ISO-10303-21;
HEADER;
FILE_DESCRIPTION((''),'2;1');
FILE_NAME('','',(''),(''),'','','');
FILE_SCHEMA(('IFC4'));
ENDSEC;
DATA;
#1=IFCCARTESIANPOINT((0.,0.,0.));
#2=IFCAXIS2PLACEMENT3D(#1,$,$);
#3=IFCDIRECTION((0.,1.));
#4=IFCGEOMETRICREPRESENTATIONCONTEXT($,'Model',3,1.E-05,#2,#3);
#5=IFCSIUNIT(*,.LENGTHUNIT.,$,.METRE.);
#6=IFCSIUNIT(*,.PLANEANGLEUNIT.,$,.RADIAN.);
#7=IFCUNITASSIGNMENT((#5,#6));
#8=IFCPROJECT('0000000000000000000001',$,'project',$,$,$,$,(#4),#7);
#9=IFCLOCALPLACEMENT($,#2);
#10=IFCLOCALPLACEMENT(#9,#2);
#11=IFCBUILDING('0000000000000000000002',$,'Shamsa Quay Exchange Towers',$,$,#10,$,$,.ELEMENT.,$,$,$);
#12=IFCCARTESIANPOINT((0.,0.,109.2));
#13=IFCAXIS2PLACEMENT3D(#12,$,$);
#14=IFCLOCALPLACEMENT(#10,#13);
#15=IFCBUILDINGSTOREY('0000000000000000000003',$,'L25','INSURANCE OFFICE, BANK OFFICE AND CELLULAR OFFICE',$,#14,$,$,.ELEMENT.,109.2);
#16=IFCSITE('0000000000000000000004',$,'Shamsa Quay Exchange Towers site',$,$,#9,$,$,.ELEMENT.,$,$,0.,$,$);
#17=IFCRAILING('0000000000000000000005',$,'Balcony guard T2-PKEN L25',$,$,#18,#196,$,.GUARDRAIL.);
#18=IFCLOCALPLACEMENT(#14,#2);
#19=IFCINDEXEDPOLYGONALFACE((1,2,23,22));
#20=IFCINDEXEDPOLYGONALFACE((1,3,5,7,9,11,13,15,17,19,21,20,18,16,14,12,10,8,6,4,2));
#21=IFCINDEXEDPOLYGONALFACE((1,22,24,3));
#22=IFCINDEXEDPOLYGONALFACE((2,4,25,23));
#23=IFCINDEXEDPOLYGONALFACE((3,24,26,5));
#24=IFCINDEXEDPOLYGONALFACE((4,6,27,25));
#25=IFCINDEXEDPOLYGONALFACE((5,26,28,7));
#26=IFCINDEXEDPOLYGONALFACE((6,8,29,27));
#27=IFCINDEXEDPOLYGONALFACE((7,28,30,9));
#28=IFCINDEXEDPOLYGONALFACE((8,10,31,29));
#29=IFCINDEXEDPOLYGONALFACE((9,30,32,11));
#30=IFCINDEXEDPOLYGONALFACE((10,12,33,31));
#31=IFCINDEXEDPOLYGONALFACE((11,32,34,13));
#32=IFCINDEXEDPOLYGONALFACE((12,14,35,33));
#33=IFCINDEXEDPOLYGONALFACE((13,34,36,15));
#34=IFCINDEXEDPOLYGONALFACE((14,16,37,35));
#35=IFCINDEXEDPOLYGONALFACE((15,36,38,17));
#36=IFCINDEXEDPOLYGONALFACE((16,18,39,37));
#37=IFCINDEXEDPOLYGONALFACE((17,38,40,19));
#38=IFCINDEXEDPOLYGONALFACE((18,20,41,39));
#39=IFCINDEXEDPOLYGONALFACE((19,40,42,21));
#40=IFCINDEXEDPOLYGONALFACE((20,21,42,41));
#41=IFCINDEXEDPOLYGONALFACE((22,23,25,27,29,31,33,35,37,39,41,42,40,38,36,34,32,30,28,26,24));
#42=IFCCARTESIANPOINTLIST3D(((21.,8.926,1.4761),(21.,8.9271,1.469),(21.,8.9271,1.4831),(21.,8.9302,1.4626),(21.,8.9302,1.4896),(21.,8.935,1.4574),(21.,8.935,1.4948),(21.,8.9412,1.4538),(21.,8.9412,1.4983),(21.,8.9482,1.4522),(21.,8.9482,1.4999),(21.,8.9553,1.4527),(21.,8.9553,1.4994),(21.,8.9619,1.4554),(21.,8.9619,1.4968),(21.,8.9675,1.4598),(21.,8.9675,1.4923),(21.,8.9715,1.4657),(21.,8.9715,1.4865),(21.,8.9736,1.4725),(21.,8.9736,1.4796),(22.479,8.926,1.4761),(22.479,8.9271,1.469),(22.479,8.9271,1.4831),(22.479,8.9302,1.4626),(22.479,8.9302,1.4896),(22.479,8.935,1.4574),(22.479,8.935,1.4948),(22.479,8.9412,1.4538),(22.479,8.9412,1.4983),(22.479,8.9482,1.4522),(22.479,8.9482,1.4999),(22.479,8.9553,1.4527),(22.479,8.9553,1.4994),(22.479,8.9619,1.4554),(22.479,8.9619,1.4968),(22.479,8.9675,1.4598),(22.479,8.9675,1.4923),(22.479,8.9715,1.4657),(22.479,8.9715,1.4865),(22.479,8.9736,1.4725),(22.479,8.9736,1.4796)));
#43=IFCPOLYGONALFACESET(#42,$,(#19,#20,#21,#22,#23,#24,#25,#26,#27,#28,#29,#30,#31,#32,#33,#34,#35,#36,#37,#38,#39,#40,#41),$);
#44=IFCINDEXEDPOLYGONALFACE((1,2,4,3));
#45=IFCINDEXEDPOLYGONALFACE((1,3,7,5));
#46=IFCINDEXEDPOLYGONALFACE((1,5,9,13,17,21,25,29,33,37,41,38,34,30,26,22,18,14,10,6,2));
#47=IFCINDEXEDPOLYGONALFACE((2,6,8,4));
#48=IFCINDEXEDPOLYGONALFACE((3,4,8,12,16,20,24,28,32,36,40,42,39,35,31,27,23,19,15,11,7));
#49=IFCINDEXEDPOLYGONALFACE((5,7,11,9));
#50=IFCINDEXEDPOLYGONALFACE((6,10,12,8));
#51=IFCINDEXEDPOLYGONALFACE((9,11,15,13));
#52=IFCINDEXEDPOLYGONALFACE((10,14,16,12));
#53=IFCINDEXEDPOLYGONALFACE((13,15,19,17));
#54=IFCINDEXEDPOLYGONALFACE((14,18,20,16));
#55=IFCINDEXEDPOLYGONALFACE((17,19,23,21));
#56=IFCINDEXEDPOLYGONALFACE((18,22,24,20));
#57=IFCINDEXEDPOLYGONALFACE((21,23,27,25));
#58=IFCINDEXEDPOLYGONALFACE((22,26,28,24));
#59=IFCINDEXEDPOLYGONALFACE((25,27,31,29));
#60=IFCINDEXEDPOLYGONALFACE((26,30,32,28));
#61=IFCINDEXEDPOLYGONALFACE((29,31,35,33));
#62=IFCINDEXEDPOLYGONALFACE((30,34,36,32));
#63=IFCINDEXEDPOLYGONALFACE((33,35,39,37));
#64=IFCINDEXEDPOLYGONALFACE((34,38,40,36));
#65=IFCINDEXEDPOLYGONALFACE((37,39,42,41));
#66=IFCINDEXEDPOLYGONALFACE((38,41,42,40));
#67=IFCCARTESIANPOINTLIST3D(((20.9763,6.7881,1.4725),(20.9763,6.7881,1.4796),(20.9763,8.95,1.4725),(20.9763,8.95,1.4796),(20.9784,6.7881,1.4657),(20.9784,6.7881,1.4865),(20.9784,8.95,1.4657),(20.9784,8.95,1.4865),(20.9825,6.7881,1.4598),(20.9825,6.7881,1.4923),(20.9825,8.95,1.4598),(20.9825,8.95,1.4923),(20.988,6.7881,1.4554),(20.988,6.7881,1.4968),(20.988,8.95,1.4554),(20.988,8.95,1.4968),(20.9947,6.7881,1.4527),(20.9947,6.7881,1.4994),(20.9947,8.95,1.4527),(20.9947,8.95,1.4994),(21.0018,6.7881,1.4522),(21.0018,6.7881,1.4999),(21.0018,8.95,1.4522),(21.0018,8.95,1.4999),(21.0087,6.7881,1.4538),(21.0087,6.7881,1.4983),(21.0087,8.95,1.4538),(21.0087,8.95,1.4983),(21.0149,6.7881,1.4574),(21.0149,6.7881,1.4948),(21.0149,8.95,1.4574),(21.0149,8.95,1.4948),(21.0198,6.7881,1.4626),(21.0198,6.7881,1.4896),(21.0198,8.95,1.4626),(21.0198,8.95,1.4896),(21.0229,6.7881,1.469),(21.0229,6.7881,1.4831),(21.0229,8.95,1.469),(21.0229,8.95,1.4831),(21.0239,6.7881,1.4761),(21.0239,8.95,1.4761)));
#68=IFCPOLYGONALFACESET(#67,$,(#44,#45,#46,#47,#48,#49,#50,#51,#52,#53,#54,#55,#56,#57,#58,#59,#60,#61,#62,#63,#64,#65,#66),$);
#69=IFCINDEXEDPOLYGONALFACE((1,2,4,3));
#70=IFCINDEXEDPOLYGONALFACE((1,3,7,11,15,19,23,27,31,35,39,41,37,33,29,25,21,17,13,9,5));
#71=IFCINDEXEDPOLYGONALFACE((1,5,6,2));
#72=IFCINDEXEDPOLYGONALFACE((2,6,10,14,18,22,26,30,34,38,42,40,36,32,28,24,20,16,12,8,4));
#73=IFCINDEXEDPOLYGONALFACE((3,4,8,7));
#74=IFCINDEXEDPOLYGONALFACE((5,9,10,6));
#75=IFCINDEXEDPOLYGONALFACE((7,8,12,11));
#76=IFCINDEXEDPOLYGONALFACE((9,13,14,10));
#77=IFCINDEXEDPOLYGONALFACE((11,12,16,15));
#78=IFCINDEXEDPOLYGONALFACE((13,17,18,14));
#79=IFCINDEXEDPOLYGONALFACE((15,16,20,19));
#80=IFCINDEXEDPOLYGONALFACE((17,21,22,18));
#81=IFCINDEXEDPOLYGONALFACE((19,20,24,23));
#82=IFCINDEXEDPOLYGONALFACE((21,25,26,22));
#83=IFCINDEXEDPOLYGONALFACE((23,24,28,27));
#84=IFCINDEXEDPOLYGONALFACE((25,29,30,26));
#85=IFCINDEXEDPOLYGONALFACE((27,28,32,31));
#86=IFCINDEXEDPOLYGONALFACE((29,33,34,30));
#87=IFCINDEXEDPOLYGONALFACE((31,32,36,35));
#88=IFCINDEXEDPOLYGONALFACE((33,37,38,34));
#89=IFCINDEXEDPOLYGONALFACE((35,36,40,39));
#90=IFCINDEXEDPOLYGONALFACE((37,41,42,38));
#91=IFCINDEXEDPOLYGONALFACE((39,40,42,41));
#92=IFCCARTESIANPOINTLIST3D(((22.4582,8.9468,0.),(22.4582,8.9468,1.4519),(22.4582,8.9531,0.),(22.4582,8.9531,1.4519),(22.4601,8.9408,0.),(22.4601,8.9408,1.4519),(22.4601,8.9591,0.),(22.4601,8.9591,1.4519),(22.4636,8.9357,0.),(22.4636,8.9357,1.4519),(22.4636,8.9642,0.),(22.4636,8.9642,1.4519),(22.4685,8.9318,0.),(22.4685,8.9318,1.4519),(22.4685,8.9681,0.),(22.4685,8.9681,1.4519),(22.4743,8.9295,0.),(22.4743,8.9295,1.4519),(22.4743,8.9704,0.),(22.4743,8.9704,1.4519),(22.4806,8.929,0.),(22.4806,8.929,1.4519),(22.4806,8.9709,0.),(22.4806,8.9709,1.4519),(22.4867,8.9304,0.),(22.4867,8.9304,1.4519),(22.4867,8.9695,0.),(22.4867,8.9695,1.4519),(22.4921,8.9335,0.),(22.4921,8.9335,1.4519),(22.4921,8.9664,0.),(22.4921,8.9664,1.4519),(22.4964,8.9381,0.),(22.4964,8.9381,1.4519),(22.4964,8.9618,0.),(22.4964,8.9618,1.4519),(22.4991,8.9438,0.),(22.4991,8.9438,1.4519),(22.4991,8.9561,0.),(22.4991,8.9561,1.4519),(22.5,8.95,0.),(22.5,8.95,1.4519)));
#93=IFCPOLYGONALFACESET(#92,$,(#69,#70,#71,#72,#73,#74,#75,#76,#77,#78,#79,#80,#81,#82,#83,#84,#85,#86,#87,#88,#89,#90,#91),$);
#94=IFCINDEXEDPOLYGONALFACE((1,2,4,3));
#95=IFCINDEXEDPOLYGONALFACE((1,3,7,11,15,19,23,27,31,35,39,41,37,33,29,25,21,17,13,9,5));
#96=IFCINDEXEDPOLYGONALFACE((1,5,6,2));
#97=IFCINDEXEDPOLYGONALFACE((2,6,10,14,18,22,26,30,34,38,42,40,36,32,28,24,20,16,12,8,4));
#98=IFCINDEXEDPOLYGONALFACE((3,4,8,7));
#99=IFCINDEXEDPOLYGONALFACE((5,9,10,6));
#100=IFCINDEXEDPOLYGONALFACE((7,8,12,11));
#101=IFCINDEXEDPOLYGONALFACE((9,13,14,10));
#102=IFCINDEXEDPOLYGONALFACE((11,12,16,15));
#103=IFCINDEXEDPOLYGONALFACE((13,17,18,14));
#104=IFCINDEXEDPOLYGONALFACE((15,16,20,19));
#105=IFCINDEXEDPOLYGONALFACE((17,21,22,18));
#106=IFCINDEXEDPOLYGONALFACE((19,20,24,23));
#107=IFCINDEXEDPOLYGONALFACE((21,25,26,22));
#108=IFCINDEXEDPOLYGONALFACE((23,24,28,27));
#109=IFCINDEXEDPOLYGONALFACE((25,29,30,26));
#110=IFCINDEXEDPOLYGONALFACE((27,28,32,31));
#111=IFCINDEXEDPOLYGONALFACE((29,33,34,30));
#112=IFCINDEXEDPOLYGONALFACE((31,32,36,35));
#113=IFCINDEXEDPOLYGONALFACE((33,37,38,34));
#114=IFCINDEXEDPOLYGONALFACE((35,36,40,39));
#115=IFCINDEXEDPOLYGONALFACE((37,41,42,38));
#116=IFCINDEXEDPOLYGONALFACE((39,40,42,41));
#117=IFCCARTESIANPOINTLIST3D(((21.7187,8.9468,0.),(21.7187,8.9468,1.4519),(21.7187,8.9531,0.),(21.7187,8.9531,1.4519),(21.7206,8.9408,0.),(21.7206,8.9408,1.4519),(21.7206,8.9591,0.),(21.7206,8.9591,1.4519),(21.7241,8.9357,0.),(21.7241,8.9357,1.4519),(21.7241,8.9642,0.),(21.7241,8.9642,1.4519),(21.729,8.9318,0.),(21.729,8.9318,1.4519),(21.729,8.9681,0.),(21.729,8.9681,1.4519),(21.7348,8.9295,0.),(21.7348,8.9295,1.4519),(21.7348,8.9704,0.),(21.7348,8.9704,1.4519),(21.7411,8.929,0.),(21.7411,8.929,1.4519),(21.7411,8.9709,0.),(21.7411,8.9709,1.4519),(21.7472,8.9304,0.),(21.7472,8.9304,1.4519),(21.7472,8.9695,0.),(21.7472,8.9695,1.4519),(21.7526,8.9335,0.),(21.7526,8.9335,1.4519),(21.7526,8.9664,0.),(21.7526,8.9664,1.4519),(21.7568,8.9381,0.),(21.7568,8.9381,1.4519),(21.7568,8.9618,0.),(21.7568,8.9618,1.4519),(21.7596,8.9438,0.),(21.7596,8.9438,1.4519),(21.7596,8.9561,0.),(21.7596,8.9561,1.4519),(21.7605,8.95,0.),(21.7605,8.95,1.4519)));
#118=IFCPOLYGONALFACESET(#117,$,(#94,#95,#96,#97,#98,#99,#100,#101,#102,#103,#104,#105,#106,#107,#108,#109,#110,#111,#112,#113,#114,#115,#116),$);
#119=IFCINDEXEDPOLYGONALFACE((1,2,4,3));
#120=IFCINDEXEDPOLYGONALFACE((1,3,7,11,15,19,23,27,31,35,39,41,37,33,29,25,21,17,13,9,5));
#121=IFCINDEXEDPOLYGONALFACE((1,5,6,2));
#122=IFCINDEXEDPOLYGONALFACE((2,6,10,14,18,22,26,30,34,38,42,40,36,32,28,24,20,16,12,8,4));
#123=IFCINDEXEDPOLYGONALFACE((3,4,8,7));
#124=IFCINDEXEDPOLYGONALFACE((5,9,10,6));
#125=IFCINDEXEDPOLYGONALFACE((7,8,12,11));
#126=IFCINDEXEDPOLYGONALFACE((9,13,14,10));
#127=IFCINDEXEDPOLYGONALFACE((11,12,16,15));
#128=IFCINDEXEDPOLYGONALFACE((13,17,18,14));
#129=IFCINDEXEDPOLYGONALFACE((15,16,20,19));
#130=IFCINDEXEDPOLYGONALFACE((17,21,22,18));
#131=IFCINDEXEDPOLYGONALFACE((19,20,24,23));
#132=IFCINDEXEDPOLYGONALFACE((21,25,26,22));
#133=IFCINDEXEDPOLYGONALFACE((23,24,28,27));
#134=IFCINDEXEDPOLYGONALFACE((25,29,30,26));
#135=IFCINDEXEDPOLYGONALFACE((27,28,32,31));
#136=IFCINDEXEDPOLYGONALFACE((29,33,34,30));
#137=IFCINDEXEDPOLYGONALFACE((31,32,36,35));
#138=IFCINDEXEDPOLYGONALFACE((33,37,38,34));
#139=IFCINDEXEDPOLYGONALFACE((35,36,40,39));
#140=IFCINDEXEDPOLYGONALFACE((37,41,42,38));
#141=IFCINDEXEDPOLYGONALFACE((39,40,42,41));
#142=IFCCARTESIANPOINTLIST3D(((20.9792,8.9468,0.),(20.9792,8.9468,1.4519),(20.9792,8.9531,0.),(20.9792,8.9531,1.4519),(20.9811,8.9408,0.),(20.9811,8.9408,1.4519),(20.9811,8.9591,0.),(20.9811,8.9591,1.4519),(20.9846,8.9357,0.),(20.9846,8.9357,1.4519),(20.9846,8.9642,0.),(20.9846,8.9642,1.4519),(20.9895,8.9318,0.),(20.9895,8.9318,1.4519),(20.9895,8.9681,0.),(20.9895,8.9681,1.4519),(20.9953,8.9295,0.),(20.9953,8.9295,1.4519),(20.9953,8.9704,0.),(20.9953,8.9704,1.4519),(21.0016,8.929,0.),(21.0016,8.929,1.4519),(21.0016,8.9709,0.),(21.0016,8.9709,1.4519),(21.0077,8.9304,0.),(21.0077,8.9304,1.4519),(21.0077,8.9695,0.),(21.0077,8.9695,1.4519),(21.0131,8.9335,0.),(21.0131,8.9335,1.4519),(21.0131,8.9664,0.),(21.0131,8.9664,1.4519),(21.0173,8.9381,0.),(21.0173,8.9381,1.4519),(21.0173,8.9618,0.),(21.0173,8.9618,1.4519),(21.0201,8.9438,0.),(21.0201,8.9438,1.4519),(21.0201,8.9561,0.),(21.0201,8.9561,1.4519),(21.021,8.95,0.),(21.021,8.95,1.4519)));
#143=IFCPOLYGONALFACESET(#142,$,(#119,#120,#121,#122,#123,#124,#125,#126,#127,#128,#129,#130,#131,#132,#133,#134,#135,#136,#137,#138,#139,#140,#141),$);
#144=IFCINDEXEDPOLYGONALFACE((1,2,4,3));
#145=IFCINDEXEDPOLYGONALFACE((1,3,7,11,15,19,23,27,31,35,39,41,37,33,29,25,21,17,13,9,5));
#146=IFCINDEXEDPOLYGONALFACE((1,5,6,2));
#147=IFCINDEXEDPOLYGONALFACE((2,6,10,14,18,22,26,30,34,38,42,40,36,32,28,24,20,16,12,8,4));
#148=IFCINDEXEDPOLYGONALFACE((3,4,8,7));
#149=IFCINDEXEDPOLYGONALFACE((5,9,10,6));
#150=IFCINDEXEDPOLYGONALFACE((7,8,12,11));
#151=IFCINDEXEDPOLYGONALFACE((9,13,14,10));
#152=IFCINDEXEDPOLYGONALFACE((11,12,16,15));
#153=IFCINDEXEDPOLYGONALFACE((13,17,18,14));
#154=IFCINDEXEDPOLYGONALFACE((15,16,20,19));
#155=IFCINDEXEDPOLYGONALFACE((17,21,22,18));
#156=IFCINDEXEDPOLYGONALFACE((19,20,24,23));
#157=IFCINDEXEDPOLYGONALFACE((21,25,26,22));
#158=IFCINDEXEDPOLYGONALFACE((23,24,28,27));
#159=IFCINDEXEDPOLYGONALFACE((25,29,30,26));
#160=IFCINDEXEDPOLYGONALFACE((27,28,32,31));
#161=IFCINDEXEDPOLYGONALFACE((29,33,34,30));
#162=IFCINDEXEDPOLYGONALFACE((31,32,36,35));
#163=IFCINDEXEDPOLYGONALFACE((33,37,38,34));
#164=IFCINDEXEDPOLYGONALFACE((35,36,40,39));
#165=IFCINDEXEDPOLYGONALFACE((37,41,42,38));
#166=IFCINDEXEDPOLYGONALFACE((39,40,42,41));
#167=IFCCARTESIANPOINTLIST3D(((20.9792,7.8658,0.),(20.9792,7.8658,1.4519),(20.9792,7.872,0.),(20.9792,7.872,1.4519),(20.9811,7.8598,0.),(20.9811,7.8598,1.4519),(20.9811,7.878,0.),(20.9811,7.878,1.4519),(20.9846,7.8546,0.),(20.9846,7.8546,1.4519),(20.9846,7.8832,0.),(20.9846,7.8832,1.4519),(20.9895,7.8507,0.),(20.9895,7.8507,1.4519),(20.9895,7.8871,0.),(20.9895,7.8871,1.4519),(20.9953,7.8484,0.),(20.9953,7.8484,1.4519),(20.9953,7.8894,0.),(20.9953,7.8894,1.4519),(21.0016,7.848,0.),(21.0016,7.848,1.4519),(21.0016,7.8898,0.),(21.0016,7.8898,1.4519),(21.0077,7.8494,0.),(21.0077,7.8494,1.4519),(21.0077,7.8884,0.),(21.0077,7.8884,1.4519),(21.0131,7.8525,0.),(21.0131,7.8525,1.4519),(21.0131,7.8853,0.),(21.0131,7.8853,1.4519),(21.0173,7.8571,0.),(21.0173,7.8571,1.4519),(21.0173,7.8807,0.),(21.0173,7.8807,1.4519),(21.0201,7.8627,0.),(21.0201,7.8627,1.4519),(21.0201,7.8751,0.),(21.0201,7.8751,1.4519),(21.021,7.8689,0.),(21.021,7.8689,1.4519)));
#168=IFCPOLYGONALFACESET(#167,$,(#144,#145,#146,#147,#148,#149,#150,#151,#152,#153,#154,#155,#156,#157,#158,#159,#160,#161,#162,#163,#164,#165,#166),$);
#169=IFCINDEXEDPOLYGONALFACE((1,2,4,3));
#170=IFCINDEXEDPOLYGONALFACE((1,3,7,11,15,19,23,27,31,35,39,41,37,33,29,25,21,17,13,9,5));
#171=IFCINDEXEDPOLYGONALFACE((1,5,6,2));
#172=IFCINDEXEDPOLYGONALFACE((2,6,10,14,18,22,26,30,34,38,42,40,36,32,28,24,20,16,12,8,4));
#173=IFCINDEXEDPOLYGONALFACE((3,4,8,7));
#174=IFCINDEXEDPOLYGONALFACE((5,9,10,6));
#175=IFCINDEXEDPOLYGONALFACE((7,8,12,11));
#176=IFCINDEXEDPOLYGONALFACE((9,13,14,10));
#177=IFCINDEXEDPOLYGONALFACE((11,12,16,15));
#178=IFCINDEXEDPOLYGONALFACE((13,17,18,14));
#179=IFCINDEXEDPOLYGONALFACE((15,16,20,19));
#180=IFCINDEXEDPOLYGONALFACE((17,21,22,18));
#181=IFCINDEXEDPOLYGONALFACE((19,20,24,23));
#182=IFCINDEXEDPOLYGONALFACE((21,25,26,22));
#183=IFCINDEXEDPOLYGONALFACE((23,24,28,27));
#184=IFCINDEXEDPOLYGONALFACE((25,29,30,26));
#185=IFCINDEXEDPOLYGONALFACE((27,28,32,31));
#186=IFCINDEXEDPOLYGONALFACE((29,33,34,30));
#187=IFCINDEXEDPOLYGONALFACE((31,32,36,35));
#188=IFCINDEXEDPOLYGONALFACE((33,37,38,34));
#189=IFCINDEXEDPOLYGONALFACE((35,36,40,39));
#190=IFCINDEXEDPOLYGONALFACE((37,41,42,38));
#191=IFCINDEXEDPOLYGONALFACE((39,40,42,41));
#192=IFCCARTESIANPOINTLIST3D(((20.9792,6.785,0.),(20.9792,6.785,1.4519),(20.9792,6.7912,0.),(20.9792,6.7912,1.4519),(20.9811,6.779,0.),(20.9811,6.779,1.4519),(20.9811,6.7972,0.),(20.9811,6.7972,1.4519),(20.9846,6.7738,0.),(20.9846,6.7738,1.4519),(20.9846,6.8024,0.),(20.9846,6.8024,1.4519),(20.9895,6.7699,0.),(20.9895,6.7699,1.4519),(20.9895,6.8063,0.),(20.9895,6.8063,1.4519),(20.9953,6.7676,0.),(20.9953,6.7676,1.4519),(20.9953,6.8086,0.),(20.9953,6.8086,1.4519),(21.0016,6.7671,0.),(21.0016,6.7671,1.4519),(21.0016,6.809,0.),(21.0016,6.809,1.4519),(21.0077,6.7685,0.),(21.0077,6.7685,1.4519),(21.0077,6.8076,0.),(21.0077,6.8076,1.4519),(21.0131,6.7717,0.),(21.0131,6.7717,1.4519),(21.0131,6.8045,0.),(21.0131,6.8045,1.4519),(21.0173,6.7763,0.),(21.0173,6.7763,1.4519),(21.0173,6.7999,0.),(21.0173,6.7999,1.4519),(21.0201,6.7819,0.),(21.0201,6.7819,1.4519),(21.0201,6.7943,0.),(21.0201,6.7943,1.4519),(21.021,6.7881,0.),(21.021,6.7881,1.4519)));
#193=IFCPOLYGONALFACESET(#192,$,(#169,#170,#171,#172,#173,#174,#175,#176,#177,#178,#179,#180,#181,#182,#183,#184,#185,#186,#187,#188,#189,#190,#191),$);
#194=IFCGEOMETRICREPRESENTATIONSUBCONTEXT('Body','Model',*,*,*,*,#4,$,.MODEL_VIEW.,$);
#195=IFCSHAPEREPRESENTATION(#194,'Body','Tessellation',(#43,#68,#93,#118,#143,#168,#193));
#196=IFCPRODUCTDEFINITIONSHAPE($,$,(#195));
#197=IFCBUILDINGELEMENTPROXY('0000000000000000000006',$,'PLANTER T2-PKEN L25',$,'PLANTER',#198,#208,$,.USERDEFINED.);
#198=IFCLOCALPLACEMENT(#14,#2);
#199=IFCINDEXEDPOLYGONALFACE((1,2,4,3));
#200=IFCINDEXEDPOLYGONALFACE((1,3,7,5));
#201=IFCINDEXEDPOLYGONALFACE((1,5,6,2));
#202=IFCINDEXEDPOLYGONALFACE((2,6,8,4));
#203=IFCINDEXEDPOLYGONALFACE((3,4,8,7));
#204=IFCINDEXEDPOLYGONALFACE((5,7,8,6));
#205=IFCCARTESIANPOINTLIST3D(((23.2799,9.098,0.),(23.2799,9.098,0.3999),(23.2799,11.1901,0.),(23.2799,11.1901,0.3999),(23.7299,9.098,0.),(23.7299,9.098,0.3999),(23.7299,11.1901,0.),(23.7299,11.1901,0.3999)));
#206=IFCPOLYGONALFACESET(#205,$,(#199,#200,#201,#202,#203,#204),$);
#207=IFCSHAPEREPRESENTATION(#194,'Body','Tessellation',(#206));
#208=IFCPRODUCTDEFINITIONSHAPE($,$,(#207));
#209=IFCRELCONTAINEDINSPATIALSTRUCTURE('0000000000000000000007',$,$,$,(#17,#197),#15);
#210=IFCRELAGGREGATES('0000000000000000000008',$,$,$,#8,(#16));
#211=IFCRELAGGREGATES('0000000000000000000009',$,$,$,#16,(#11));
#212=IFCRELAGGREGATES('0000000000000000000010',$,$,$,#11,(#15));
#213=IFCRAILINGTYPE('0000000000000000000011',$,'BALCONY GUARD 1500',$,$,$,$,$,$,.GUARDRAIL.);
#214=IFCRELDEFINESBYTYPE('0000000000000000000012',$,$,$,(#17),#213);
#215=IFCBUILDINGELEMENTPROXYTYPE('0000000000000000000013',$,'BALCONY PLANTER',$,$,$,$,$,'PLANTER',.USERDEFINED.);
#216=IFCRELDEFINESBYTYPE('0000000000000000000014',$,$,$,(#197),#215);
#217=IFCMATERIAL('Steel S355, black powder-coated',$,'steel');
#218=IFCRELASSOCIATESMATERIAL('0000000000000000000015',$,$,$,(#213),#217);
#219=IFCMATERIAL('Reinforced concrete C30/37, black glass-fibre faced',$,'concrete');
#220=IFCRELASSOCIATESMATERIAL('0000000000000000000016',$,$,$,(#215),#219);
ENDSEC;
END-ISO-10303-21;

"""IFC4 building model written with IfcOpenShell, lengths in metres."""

from ifc_helpers import new_model, si_unit, direction, frame, origin, origin_2d, place, context, subcontext, project, spatial, rectangle, circle, extrude, material, type_object, element, save


model = new_model("IFC4")

# Units and contexts
model_context = context("Model", 3, precision=1e-05, world=origin(), true_north=direction((0.0, 1.0)))
body_context = subcontext(model_context, "Body", "Model", "MODEL_VIEW")
ifc_project = project(units=[si_unit("LENGTHUNIT", "METRE"), si_unit("PLANEANGLEUNIT", "RADIAN")], contexts=[model_context])

# Site, building, storey
site_placement = place(None, origin())
site = spatial("IfcSite", under=ifc_project, at=site_placement, Name="Shamsa Quay Exchange Towers site", CompositionType="ELEMENT", RefElevation=0.0)
building_placement = place(site_placement, origin())
building = spatial("IfcBuilding", under=site, at=building_placement, Name="Shamsa Quay Exchange Towers", CompositionType="ELEMENT")
storey_placement = place(building_placement, frame((0.0, 0.0, 109.2)))
storey = spatial("IfcBuildingStorey", under=building, at=storey_placement, Name="L25", Description="INSURANCE OFFICE, BANK OFFICE AND CELLULAR OFFICE", CompositionType="ELEMENT", Elevation=109.2)

# Railing
ifc_material_1 = material(Name="Steel S355, black powder-coated", Category="steel")
railing_type = type_object("IfcRailingType", Name="BALCONY GUARD 1500", PredefinedType="GUARDRAIL", material=ifc_material_1)
for number, where, name in (
    (1, (22.479, 8.95, 0.0), "Balcony guard T2-PKEN L25"),
):
    element("IfcRailing", number, at=place(storey_placement, frame(where)), inside=storey, type_object=railing_type, Name=name, PredefinedType="GUARDRAIL", context=body_context, shape_type="SweptSolid", body=[
        extrude(circle(Radius=0.0239, at=origin_2d()), frame((0.0, 0.0, 1.4761), z_axis=(-1.0, 0.0, 0.0), x_axis=(0.0, -1.0, 0.0)), (0.0, 0.0, 1.0), 1.479),
        extrude(circle(Radius=0.0239, at=origin_2d()), frame((-1.479, 0.0, 1.4761), z_axis=(0.0, -1.0, 0.0), x_axis=(1.0, 0.0, 0.0)), (0.0, 0.0, 1.0), 2.1619),
        extrude(circle(Radius=0.021, at=origin_2d()), origin(), (0.0, 0.0, 1.0), 1.4519),
        extrude(circle(Radius=0.021, at=origin_2d()), frame((-0.7395, 0.0, 0.0)), (0.0, 0.0, 1.0), 1.4519),
        extrude(circle(Radius=0.021, at=origin_2d()), frame((-1.479, 0.0, 0.0)), (0.0, 0.0, 1.0), 1.4519),
        extrude(circle(Radius=0.021, at=origin_2d()), frame((-1.479, -1.0811, 0.0)), (0.0, 0.0, 1.0), 1.4519),
        extrude(circle(Radius=0.021, at=origin_2d()), frame((-1.479, -2.1619, 0.0)), (0.0, 0.0, 1.0), 1.4519),
    ])

# Building element proxy
ifc_material_2 = material(Name="Reinforced concrete C30/37, black glass-fibre faced", Category="concrete")
building_element_proxy_type = type_object("IfcBuildingElementProxyType", Name="BALCONY PLANTER", ElementType="PLANTER", PredefinedType="USERDEFINED", material=ifc_material_2)
proxy_placement = place(storey_placement, frame((23.5049, 10.144, 0.0), z_axis=(0.0, 0.0, 1.0), x_axis=(0.0, -1.0, 0.0)))
element("IfcBuildingElementProxy", 2, at=proxy_placement, inside=storey, type_object=building_element_proxy_type, Name="PLANTER T2-PKEN L25", ObjectType="PLANTER", PredefinedType="USERDEFINED", context=body_context, shape_type="SweptSolid", body=[
    extrude(rectangle(XDim=2.092, YDim=0.45, at=origin_2d()), origin(), (0.0, 0.0, 1.0), 0.3999),
])

save(model, "model.ifc")
